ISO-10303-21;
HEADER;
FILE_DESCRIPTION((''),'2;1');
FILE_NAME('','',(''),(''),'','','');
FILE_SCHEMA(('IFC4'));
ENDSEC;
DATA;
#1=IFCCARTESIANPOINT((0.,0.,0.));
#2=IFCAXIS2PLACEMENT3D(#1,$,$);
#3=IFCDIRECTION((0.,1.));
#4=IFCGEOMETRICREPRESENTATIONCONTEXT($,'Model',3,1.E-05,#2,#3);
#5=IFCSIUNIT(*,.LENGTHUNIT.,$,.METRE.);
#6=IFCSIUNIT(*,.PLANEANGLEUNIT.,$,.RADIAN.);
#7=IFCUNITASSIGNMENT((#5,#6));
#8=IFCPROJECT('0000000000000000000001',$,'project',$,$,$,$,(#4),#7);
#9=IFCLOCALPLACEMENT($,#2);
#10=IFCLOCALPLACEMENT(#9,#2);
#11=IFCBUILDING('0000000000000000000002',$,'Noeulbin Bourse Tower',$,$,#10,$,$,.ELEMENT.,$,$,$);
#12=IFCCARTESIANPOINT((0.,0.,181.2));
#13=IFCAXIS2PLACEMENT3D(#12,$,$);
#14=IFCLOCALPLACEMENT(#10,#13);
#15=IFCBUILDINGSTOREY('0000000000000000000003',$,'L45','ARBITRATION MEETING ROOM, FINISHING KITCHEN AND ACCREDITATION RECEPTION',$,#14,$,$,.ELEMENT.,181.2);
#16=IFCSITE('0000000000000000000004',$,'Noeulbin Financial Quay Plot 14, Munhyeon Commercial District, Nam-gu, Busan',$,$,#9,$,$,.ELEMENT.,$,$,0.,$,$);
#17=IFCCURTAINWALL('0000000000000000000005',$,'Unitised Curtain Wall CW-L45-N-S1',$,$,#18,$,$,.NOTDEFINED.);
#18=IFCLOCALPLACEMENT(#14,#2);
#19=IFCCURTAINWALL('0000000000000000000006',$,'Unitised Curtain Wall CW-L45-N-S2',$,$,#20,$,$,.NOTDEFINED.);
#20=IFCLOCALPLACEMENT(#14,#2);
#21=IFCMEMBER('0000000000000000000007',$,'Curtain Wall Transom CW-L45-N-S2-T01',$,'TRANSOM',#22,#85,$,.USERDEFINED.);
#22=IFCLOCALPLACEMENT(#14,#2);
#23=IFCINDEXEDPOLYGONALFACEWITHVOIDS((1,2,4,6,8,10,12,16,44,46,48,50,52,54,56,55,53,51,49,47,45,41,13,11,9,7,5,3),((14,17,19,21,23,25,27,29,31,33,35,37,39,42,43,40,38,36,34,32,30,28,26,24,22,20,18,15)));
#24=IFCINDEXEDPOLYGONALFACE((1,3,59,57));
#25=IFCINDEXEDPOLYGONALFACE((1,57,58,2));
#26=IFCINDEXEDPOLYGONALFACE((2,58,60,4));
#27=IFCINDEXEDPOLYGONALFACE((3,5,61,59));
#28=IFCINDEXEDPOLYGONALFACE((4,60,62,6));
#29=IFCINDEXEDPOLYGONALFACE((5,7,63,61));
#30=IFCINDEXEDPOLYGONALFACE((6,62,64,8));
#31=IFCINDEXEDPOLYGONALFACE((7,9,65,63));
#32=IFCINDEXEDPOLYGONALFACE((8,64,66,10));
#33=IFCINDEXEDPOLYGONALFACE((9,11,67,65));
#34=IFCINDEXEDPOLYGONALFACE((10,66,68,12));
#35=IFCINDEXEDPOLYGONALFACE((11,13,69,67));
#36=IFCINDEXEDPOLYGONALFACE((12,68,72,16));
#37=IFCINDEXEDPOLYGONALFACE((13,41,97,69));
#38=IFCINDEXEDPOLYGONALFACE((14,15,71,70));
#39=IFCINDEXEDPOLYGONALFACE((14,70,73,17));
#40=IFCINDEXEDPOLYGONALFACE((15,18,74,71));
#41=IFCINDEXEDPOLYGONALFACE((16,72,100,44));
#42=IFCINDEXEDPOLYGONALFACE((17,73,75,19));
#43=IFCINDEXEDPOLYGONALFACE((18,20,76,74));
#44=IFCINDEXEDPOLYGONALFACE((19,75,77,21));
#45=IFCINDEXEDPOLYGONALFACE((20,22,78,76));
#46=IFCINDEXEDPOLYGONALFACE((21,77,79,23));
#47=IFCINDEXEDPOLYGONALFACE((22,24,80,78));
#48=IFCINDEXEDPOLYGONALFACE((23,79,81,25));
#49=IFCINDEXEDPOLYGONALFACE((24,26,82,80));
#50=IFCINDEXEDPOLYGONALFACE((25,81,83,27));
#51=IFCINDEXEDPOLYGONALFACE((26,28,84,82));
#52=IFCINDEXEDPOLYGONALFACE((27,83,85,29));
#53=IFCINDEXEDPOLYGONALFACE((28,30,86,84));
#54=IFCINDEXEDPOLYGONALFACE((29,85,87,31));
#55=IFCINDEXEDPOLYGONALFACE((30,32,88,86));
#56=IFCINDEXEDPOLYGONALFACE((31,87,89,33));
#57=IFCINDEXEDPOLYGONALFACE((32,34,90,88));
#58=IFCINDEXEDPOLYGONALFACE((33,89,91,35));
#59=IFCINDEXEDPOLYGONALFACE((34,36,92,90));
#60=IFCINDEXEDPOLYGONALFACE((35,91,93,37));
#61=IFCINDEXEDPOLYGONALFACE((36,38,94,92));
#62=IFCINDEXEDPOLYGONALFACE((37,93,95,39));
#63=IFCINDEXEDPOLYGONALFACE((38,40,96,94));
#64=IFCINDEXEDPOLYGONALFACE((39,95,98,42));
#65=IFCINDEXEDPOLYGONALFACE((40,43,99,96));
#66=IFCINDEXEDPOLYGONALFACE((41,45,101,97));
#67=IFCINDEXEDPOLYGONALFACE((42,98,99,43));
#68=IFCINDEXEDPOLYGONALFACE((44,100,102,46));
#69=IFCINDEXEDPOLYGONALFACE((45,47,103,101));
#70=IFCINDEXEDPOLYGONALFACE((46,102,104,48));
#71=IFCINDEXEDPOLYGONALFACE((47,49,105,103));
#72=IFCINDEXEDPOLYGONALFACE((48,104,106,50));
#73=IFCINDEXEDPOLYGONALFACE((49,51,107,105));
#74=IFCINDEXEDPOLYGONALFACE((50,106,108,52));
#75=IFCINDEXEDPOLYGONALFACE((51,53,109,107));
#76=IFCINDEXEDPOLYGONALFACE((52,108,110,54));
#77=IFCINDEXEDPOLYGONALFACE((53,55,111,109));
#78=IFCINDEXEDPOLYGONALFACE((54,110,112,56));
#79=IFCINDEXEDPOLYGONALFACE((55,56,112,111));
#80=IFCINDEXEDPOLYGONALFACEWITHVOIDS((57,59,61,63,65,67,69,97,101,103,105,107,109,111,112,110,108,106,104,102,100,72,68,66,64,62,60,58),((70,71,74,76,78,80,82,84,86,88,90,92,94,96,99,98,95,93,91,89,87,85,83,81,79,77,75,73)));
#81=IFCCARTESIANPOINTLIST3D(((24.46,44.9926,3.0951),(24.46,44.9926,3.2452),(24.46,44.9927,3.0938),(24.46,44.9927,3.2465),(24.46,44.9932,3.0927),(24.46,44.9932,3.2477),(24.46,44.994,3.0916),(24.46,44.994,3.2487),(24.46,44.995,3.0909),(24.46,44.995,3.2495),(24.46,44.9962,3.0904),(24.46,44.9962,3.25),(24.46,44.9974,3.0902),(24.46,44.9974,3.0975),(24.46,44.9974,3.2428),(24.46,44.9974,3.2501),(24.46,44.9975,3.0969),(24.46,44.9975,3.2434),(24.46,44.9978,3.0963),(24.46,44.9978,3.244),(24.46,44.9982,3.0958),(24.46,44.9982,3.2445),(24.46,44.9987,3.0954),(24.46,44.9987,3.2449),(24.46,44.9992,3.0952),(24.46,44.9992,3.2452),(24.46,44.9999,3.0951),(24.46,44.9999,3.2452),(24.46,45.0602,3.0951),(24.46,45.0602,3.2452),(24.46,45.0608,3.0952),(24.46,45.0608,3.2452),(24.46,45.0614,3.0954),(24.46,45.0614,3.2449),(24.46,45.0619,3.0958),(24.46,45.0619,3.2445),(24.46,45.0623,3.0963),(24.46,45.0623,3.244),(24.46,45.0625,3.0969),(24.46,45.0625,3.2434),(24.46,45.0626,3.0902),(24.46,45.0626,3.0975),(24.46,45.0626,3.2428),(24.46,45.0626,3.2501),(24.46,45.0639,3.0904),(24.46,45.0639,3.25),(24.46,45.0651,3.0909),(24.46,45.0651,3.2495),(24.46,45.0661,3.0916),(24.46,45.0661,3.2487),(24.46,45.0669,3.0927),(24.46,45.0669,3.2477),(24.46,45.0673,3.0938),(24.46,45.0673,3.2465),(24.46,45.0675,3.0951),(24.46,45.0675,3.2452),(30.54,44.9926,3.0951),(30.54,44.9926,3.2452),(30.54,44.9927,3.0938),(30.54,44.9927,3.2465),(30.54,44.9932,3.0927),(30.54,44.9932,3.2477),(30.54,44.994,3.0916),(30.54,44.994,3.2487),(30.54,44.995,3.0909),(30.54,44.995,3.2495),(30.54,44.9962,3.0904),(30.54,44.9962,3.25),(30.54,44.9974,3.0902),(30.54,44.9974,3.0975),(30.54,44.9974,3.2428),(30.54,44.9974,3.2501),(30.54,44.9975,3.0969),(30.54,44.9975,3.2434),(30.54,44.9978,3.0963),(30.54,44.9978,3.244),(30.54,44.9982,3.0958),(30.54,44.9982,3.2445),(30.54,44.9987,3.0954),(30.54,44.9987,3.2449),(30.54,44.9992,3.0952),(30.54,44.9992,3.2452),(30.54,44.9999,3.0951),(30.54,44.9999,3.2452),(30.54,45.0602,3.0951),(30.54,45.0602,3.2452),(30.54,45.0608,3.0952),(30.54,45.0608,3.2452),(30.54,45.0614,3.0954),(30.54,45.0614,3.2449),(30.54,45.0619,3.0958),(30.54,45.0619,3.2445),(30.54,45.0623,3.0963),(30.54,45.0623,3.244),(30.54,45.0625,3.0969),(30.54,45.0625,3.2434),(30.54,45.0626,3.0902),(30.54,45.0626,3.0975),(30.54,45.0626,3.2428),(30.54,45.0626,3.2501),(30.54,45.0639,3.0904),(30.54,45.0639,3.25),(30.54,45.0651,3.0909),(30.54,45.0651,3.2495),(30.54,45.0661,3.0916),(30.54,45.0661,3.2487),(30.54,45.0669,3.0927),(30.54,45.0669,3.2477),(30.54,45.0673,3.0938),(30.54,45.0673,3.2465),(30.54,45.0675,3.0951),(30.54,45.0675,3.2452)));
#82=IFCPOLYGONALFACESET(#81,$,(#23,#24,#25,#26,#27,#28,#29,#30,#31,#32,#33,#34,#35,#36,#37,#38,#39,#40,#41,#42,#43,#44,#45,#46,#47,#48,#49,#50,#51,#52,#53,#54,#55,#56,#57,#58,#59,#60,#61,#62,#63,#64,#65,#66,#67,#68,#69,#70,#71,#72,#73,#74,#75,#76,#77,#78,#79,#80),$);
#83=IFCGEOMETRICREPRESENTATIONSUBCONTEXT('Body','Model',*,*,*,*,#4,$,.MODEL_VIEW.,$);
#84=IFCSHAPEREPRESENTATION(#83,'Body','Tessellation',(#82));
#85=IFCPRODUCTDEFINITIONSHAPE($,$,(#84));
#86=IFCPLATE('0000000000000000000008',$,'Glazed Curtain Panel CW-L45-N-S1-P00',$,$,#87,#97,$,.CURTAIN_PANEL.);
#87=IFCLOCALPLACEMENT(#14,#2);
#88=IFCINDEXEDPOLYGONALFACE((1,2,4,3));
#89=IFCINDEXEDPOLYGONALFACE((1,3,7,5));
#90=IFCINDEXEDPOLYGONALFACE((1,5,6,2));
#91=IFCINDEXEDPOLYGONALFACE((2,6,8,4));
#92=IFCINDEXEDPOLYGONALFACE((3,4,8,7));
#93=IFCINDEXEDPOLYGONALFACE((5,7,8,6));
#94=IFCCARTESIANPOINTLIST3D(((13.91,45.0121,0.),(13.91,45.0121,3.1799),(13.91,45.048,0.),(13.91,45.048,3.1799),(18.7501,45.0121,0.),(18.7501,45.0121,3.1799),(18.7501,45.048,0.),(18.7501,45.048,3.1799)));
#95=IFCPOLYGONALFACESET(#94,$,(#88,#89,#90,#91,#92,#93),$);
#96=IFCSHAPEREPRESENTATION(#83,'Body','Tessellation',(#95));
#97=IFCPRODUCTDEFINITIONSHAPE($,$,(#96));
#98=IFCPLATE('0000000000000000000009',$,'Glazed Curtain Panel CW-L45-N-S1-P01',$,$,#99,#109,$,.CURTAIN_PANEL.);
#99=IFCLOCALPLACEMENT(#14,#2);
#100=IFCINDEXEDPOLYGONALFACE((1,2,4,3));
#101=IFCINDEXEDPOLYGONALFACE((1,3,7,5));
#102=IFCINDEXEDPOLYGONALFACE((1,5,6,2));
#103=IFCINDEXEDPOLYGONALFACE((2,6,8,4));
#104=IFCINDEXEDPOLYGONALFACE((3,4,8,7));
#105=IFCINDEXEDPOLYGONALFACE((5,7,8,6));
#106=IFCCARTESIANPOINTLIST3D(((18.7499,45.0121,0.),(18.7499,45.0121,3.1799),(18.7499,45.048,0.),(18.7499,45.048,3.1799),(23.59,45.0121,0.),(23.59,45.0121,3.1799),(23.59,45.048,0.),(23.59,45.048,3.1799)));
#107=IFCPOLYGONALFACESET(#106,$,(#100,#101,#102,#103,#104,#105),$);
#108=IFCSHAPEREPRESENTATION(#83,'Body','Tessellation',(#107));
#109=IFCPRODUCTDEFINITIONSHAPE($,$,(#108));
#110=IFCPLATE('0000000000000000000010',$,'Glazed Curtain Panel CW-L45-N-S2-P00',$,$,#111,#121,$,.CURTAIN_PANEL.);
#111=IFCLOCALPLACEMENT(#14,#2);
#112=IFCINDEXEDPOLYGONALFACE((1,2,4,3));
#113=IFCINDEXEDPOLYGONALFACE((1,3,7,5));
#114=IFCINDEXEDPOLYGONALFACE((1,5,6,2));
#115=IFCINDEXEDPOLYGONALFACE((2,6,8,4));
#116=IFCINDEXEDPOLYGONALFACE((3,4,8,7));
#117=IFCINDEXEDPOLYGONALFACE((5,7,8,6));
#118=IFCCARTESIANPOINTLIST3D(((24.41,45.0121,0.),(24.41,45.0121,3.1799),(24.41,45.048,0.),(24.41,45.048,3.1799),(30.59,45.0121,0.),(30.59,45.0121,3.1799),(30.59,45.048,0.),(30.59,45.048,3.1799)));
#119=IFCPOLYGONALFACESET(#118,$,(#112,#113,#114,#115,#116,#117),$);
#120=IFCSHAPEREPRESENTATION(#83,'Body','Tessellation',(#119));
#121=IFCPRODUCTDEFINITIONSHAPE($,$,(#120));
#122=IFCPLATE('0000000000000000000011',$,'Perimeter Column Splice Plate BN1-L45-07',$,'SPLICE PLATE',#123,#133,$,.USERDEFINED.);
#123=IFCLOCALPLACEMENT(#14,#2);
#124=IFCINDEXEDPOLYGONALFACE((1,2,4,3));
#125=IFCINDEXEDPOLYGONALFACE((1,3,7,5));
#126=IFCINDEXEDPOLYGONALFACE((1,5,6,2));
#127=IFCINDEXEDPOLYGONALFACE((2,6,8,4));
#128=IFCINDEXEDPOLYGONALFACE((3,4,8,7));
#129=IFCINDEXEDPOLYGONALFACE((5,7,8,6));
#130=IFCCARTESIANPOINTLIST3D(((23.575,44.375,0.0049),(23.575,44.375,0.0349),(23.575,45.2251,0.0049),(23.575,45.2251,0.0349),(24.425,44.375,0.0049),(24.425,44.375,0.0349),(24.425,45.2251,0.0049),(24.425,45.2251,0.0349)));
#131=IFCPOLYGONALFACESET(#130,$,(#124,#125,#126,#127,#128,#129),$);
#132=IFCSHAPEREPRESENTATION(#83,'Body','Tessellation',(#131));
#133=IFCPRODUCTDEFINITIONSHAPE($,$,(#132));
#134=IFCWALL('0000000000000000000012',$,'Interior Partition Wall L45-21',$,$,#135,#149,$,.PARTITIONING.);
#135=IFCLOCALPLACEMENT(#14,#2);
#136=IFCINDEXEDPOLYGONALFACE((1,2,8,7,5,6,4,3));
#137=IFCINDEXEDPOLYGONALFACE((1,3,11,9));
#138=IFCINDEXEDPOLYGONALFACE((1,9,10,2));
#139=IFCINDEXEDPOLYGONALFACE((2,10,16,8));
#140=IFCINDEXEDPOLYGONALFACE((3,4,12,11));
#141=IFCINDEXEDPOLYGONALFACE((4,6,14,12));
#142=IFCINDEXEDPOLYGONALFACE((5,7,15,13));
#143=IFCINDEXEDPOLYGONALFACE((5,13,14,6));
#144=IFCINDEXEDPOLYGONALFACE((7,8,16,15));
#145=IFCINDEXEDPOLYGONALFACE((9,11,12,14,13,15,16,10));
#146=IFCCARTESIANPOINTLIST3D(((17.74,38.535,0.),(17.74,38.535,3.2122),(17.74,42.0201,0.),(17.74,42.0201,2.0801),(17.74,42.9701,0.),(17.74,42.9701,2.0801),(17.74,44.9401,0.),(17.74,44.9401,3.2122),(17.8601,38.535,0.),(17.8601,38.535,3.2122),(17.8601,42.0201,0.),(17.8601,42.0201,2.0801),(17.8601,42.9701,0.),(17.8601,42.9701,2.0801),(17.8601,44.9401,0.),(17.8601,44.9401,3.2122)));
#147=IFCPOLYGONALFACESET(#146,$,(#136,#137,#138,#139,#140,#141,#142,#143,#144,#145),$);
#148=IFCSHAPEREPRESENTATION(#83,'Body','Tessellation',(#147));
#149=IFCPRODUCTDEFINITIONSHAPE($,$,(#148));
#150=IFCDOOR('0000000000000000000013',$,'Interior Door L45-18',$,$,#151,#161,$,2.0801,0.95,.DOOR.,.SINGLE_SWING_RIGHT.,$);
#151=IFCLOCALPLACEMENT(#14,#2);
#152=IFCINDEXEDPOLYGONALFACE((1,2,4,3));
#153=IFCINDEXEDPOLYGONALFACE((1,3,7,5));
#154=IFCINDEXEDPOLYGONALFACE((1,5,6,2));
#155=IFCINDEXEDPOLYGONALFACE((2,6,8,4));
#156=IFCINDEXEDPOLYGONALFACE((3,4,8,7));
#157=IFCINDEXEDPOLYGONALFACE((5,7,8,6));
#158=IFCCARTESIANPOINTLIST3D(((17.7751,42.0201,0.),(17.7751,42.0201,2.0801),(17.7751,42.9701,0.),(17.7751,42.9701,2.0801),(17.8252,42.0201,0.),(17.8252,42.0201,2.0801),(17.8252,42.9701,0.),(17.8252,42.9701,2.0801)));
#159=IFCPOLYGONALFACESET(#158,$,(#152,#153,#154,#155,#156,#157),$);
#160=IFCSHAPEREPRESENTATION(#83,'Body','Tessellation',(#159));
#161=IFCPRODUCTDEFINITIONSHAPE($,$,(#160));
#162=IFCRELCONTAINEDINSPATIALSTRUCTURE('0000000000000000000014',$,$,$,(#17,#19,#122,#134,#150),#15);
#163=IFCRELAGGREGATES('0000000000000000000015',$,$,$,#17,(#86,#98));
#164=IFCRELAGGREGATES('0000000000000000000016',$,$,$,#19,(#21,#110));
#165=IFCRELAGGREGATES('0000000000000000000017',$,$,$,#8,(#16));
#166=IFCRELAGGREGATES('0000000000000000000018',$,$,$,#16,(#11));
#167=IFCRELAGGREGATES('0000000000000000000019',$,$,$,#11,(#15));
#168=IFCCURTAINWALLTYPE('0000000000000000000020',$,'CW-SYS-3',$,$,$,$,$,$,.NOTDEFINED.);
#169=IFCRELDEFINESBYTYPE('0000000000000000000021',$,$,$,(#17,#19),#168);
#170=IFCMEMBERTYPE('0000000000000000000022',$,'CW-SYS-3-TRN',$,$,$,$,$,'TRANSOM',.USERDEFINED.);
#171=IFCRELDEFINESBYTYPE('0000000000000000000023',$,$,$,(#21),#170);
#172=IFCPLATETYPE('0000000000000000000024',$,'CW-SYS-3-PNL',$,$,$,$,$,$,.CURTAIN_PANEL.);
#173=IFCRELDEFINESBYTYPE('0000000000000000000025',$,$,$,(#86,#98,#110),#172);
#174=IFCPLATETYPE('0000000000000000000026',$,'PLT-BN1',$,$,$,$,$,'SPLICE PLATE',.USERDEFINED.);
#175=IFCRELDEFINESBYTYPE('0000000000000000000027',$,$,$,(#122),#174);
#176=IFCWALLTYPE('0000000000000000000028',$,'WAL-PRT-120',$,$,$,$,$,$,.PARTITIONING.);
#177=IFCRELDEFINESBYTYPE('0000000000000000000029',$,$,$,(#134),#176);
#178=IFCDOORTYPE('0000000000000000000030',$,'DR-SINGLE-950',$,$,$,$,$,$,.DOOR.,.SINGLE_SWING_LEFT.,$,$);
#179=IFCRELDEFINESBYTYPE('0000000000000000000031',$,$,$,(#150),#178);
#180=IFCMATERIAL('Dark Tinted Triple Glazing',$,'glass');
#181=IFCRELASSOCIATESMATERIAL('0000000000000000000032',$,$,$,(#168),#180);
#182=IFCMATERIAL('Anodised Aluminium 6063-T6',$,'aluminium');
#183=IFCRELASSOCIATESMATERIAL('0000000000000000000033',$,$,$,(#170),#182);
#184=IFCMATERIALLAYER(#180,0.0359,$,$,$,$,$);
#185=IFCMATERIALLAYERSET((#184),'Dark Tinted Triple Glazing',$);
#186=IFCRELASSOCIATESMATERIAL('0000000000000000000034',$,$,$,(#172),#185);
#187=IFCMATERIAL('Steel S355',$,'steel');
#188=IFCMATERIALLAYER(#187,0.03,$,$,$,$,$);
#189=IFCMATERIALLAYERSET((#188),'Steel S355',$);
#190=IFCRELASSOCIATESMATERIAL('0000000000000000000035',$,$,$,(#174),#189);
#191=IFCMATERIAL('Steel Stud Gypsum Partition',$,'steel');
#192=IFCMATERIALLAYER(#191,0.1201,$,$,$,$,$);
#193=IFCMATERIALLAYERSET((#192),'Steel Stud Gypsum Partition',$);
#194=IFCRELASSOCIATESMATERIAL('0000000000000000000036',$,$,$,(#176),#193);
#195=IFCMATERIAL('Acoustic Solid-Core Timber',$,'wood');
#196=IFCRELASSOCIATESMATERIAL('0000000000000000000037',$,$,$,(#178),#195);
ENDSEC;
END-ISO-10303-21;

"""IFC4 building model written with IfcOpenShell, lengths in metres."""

from ifc_helpers import new_model, si_unit, direction, frame, frame_2d, origin, origin_2d, place, context, subcontext, project, spatial, rectangle, hollow_rectangle, extrude, material, layer, layer_set, material_profile, profile_set, type_object, element, fill, aggregate, save


model = new_model("IFC4")

# Units and contexts
model_context = context("Model", 3, precision=1e-05, world=origin(), true_north=direction((0.0, 1.0)))
body_context = subcontext(model_context, "Body", "Model", "MODEL_VIEW")
ifc_project = project(units=[si_unit("LENGTHUNIT", "METRE"), si_unit("PLANEANGLEUNIT", "RADIAN")], contexts=[model_context])

# Site, building, storey
site_placement = place(None, origin())
site = spatial("IfcSite", under=ifc_project, at=site_placement, Name="Noeulbin Financial Quay Plot 14, Munhyeon Commercial District, Nam-gu, Busan", CompositionType="ELEMENT", RefElevation=0.0)
building_placement = place(site_placement, origin())
building = spatial("IfcBuilding", under=site, at=building_placement, Name="Noeulbin Bourse Tower", CompositionType="ELEMENT")
storey_placement = place(building_placement, frame((0.0, 0.0, 181.2)))
storey = spatial("IfcBuildingStorey", under=building, at=storey_placement, Name="L45", Description="ARBITRATION MEETING ROOM, FINISHING KITCHEN AND ACCREDITATION RECEPTION", CompositionType="ELEMENT", Elevation=181.2)

# Shared definitions
ifc_material_1 = material(Name="Steel S355", Category="steel")

# Curtain walls, member
ifc_material_2 = material(Name="Dark Tinted Triple Glazing", Category="glass")
curtain_wall_type = type_object("IfcCurtainWallType", Name="CW-SYS-3", PredefinedType="NOTDEFINED", material=ifc_material_2)
curtain_wall_1_placement = place(storey_placement, origin())
curtain_wall_1 = element("IfcCurtainWall", 1, at=curtain_wall_1_placement, inside=storey, type_object=curtain_wall_type, Name="Unitised Curtain Wall CW-L45-N-S1", PredefinedType="NOTDEFINED")
ifc_material_3 = material(Name="Anodised Aluminium 6063-T6", Category="aluminium")
curtain_wall_2_placement = place(storey_placement, origin())
curtain_wall_2 = element("IfcCurtainWall", 2, at=curtain_wall_2_placement, inside=storey, type_object=curtain_wall_type, Name="Unitised Curtain Wall CW-L45-N-S2", PredefinedType="NOTDEFINED")
ifc_material_profile_1 = material_profile(ifc_material_3, hollow_rectangle(XDim=0.075, YDim=0.1599, WallThickness=0.0049, InnerFilletRadius=0.0024, OuterFilletRadius=0.0049, at=origin_2d()), Name="ALU-TRAN-75x160x5", Category="LoadBearing")
ifc_profile_set_1 = profile_set([ifc_material_profile_1], Name="Anodised Aluminium 6063-T6")
member_type_1 = type_object("IfcMemberType", Name="CW-SYS-3-TRN", ElementType="TRANSOM", PredefinedType="USERDEFINED", material=ifc_profile_set_1)
member_1_placement = place(storey_placement, frame((24.46, 45.03, 3.1702), z_axis=(1.0, 0.0, 0.0), x_axis=(0.0, 1.0, 0.0)))
member_1 = element("IfcMember", 3, at=member_1_placement, type_object=member_type_1, Name="Curtain Wall Transom CW-L45-N-S2-T01", ObjectType="TRANSOM", PredefinedType="USERDEFINED", context=body_context, shape_type="SweptSolid", body=[
    extrude(hollow_rectangle(XDim=0.075, YDim=0.1599, WallThickness=0.0049, InnerFilletRadius=0.0024, OuterFilletRadius=0.0049, at=origin_2d()), origin(), (0.0, 0.0, 1.0), 6.0801),
])

# Plates
ifc_layer_1 = layer(ifc_material_2, 0.0359)
ifc_layer_set_1 = layer_set([ifc_layer_1], Name="Dark Tinted Triple Glazing")
plate_type_1 = type_object("IfcPlateType", Name="CW-SYS-3-PNL", PredefinedType="CURTAIN_PANEL", material=ifc_layer_set_1)
plate_1_placement = place(storey_placement, frame((16.3301, 45.03, 0.0), z_axis=(0.0, 0.0, 1.0), x_axis=(1.0, 0.0, 0.0)))
plate_1 = element("IfcPlate", 4, at=plate_1_placement, type_object=plate_type_1, Name="Glazed Curtain Panel CW-L45-N-S1-P00", PredefinedType="CURTAIN_PANEL", context=body_context, shape_type="SweptSolid", body=[
    extrude(rectangle(XDim=4.8401, YDim=0.0359, at=origin_2d()), origin(), (0.0, 0.0, 1.0), 3.1799),
])
plate_2_placement = place(storey_placement, frame((21.1699, 45.03, 0.0), z_axis=(0.0, 0.0, 1.0), x_axis=(1.0, 0.0, 0.0)))
plate_2 = element("IfcPlate", 5, at=plate_2_placement, type_object=plate_type_1, Name="Glazed Curtain Panel CW-L45-N-S1-P01", PredefinedType="CURTAIN_PANEL", context=body_context, shape_type="SweptSolid", body=[
    extrude(rectangle(XDim=4.8401, YDim=0.0359, at=origin_2d()), origin(), (0.0, 0.0, 1.0), 3.1799),
])
aggregate(curtain_wall_1, [plate_1, plate_2])
plate_3_placement = place(storey_placement, frame((27.5, 45.03, 0.0), z_axis=(0.0, 0.0, 1.0), x_axis=(1.0, 0.0, 0.0)))
plate_3 = element("IfcPlate", 6, at=plate_3_placement, type_object=plate_type_1, Name="Glazed Curtain Panel CW-L45-N-S2-P00", PredefinedType="CURTAIN_PANEL", context=body_context, shape_type="SweptSolid", body=[
    extrude(rectangle(XDim=6.1799, YDim=0.0359, at=origin_2d()), origin(), (0.0, 0.0, 1.0), 3.1799),
])
aggregate(curtain_wall_2, [member_1, plate_3])
ifc_layer_2 = layer(ifc_material_1, 0.03)
ifc_layer_set_2 = layer_set([ifc_layer_2], Name="Steel S355")
plate_type_2 = type_object("IfcPlateType", Name="PLT-BN1", ElementType="SPLICE PLATE", PredefinedType="USERDEFINED", material=ifc_layer_set_2)
plate_4_placement = place(storey_placement, frame((24.0, 44.8, 0.0049), z_axis=(0.0, 0.0, 1.0), x_axis=(1.0, 0.0, 0.0)))
element("IfcPlate", 7, at=plate_4_placement, inside=storey, type_object=plate_type_2, Name="Perimeter Column Splice Plate BN1-L45-07", ObjectType="SPLICE PLATE", PredefinedType="USERDEFINED", context=body_context, shape_type="SweptSolid", body=[
    extrude(rectangle(XDim=0.8501, YDim=0.8501, at=origin_2d()), origin(), (0.0, 0.0, 1.0), 0.03),
])

# Wall, opening, door
ifc_material_4 = material(Name="Steel Stud Gypsum Partition", Category="steel")
ifc_layer_3 = layer(ifc_material_4, 0.1201)
ifc_layer_set_3 = layer_set([ifc_layer_3], Name="Steel Stud Gypsum Partition")
wall_type = type_object("IfcWallType", Name="WAL-PRT-120", PredefinedType="PARTITIONING", material=ifc_layer_set_3)
wall_1_placement = place(storey_placement, frame((17.8, 38.5349, 0.0), z_axis=(0.0, 0.0, 1.0), x_axis=(0.0, 1.0, 0.0)))
wall_1 = element("IfcWall", 8, at=wall_1_placement, inside=storey, type_object=wall_type, Name="Interior Partition Wall L45-21", PredefinedType="PARTITIONING", context=body_context, shape_type="SweptSolid", body=[
    extrude(rectangle(XDim=6.405, YDim=0.1201, at=frame_2d((3.2026, 0.0))), origin(), (0.0, 0.0, 1.0), 3.2122),
])
opening_1_placement = place(wall_1_placement, frame((3.4851, 0.0, 0.0)))
opening_1 = element("IfcOpeningElement", 9, at=opening_1_placement, cuts=wall_1, PredefinedType="OPENING", context=body_context, shape_type="SweptSolid", body=[
    extrude(rectangle(XDim=0.95, YDim=2.0801, at=frame_2d((0.4751, 1.04))), frame((0.0, 0.0701, 0.0), z_axis=(0.0, -1.0, 0.0), x_axis=(1.0, 0.0, 0.0)), (0.0, 0.0, 1.0), 0.1401),
])
ifc_material_5 = material(Name="Acoustic Solid-Core Timber", Category="wood")
door_type = type_object("IfcDoorType", Name="DR-SINGLE-950", OperationType="SINGLE_SWING_LEFT", PredefinedType="DOOR", material=ifc_material_5)
door_1_placement = place(opening_1_placement, origin())
door_1 = element("IfcDoor", 10, at=door_1_placement, inside=storey, type_object=door_type, Name="Interior Door L45-18", OperationType="SINGLE_SWING_RIGHT", OverallHeight=2.0801, OverallWidth=0.95, PredefinedType="DOOR", context=body_context, shape_type="SweptSolid", body=[
    extrude(rectangle(XDim=0.95, YDim=2.0801, at=frame_2d((0.4751, 1.04))), frame((0.0, 0.0249, 0.0), z_axis=(0.0, -1.0, 0.0), x_axis=(1.0, 0.0, 0.0)), (0.0, 0.0, 1.0), 0.05),
])
fill(opening_1, door_1)

save(model, "model.ifc")
